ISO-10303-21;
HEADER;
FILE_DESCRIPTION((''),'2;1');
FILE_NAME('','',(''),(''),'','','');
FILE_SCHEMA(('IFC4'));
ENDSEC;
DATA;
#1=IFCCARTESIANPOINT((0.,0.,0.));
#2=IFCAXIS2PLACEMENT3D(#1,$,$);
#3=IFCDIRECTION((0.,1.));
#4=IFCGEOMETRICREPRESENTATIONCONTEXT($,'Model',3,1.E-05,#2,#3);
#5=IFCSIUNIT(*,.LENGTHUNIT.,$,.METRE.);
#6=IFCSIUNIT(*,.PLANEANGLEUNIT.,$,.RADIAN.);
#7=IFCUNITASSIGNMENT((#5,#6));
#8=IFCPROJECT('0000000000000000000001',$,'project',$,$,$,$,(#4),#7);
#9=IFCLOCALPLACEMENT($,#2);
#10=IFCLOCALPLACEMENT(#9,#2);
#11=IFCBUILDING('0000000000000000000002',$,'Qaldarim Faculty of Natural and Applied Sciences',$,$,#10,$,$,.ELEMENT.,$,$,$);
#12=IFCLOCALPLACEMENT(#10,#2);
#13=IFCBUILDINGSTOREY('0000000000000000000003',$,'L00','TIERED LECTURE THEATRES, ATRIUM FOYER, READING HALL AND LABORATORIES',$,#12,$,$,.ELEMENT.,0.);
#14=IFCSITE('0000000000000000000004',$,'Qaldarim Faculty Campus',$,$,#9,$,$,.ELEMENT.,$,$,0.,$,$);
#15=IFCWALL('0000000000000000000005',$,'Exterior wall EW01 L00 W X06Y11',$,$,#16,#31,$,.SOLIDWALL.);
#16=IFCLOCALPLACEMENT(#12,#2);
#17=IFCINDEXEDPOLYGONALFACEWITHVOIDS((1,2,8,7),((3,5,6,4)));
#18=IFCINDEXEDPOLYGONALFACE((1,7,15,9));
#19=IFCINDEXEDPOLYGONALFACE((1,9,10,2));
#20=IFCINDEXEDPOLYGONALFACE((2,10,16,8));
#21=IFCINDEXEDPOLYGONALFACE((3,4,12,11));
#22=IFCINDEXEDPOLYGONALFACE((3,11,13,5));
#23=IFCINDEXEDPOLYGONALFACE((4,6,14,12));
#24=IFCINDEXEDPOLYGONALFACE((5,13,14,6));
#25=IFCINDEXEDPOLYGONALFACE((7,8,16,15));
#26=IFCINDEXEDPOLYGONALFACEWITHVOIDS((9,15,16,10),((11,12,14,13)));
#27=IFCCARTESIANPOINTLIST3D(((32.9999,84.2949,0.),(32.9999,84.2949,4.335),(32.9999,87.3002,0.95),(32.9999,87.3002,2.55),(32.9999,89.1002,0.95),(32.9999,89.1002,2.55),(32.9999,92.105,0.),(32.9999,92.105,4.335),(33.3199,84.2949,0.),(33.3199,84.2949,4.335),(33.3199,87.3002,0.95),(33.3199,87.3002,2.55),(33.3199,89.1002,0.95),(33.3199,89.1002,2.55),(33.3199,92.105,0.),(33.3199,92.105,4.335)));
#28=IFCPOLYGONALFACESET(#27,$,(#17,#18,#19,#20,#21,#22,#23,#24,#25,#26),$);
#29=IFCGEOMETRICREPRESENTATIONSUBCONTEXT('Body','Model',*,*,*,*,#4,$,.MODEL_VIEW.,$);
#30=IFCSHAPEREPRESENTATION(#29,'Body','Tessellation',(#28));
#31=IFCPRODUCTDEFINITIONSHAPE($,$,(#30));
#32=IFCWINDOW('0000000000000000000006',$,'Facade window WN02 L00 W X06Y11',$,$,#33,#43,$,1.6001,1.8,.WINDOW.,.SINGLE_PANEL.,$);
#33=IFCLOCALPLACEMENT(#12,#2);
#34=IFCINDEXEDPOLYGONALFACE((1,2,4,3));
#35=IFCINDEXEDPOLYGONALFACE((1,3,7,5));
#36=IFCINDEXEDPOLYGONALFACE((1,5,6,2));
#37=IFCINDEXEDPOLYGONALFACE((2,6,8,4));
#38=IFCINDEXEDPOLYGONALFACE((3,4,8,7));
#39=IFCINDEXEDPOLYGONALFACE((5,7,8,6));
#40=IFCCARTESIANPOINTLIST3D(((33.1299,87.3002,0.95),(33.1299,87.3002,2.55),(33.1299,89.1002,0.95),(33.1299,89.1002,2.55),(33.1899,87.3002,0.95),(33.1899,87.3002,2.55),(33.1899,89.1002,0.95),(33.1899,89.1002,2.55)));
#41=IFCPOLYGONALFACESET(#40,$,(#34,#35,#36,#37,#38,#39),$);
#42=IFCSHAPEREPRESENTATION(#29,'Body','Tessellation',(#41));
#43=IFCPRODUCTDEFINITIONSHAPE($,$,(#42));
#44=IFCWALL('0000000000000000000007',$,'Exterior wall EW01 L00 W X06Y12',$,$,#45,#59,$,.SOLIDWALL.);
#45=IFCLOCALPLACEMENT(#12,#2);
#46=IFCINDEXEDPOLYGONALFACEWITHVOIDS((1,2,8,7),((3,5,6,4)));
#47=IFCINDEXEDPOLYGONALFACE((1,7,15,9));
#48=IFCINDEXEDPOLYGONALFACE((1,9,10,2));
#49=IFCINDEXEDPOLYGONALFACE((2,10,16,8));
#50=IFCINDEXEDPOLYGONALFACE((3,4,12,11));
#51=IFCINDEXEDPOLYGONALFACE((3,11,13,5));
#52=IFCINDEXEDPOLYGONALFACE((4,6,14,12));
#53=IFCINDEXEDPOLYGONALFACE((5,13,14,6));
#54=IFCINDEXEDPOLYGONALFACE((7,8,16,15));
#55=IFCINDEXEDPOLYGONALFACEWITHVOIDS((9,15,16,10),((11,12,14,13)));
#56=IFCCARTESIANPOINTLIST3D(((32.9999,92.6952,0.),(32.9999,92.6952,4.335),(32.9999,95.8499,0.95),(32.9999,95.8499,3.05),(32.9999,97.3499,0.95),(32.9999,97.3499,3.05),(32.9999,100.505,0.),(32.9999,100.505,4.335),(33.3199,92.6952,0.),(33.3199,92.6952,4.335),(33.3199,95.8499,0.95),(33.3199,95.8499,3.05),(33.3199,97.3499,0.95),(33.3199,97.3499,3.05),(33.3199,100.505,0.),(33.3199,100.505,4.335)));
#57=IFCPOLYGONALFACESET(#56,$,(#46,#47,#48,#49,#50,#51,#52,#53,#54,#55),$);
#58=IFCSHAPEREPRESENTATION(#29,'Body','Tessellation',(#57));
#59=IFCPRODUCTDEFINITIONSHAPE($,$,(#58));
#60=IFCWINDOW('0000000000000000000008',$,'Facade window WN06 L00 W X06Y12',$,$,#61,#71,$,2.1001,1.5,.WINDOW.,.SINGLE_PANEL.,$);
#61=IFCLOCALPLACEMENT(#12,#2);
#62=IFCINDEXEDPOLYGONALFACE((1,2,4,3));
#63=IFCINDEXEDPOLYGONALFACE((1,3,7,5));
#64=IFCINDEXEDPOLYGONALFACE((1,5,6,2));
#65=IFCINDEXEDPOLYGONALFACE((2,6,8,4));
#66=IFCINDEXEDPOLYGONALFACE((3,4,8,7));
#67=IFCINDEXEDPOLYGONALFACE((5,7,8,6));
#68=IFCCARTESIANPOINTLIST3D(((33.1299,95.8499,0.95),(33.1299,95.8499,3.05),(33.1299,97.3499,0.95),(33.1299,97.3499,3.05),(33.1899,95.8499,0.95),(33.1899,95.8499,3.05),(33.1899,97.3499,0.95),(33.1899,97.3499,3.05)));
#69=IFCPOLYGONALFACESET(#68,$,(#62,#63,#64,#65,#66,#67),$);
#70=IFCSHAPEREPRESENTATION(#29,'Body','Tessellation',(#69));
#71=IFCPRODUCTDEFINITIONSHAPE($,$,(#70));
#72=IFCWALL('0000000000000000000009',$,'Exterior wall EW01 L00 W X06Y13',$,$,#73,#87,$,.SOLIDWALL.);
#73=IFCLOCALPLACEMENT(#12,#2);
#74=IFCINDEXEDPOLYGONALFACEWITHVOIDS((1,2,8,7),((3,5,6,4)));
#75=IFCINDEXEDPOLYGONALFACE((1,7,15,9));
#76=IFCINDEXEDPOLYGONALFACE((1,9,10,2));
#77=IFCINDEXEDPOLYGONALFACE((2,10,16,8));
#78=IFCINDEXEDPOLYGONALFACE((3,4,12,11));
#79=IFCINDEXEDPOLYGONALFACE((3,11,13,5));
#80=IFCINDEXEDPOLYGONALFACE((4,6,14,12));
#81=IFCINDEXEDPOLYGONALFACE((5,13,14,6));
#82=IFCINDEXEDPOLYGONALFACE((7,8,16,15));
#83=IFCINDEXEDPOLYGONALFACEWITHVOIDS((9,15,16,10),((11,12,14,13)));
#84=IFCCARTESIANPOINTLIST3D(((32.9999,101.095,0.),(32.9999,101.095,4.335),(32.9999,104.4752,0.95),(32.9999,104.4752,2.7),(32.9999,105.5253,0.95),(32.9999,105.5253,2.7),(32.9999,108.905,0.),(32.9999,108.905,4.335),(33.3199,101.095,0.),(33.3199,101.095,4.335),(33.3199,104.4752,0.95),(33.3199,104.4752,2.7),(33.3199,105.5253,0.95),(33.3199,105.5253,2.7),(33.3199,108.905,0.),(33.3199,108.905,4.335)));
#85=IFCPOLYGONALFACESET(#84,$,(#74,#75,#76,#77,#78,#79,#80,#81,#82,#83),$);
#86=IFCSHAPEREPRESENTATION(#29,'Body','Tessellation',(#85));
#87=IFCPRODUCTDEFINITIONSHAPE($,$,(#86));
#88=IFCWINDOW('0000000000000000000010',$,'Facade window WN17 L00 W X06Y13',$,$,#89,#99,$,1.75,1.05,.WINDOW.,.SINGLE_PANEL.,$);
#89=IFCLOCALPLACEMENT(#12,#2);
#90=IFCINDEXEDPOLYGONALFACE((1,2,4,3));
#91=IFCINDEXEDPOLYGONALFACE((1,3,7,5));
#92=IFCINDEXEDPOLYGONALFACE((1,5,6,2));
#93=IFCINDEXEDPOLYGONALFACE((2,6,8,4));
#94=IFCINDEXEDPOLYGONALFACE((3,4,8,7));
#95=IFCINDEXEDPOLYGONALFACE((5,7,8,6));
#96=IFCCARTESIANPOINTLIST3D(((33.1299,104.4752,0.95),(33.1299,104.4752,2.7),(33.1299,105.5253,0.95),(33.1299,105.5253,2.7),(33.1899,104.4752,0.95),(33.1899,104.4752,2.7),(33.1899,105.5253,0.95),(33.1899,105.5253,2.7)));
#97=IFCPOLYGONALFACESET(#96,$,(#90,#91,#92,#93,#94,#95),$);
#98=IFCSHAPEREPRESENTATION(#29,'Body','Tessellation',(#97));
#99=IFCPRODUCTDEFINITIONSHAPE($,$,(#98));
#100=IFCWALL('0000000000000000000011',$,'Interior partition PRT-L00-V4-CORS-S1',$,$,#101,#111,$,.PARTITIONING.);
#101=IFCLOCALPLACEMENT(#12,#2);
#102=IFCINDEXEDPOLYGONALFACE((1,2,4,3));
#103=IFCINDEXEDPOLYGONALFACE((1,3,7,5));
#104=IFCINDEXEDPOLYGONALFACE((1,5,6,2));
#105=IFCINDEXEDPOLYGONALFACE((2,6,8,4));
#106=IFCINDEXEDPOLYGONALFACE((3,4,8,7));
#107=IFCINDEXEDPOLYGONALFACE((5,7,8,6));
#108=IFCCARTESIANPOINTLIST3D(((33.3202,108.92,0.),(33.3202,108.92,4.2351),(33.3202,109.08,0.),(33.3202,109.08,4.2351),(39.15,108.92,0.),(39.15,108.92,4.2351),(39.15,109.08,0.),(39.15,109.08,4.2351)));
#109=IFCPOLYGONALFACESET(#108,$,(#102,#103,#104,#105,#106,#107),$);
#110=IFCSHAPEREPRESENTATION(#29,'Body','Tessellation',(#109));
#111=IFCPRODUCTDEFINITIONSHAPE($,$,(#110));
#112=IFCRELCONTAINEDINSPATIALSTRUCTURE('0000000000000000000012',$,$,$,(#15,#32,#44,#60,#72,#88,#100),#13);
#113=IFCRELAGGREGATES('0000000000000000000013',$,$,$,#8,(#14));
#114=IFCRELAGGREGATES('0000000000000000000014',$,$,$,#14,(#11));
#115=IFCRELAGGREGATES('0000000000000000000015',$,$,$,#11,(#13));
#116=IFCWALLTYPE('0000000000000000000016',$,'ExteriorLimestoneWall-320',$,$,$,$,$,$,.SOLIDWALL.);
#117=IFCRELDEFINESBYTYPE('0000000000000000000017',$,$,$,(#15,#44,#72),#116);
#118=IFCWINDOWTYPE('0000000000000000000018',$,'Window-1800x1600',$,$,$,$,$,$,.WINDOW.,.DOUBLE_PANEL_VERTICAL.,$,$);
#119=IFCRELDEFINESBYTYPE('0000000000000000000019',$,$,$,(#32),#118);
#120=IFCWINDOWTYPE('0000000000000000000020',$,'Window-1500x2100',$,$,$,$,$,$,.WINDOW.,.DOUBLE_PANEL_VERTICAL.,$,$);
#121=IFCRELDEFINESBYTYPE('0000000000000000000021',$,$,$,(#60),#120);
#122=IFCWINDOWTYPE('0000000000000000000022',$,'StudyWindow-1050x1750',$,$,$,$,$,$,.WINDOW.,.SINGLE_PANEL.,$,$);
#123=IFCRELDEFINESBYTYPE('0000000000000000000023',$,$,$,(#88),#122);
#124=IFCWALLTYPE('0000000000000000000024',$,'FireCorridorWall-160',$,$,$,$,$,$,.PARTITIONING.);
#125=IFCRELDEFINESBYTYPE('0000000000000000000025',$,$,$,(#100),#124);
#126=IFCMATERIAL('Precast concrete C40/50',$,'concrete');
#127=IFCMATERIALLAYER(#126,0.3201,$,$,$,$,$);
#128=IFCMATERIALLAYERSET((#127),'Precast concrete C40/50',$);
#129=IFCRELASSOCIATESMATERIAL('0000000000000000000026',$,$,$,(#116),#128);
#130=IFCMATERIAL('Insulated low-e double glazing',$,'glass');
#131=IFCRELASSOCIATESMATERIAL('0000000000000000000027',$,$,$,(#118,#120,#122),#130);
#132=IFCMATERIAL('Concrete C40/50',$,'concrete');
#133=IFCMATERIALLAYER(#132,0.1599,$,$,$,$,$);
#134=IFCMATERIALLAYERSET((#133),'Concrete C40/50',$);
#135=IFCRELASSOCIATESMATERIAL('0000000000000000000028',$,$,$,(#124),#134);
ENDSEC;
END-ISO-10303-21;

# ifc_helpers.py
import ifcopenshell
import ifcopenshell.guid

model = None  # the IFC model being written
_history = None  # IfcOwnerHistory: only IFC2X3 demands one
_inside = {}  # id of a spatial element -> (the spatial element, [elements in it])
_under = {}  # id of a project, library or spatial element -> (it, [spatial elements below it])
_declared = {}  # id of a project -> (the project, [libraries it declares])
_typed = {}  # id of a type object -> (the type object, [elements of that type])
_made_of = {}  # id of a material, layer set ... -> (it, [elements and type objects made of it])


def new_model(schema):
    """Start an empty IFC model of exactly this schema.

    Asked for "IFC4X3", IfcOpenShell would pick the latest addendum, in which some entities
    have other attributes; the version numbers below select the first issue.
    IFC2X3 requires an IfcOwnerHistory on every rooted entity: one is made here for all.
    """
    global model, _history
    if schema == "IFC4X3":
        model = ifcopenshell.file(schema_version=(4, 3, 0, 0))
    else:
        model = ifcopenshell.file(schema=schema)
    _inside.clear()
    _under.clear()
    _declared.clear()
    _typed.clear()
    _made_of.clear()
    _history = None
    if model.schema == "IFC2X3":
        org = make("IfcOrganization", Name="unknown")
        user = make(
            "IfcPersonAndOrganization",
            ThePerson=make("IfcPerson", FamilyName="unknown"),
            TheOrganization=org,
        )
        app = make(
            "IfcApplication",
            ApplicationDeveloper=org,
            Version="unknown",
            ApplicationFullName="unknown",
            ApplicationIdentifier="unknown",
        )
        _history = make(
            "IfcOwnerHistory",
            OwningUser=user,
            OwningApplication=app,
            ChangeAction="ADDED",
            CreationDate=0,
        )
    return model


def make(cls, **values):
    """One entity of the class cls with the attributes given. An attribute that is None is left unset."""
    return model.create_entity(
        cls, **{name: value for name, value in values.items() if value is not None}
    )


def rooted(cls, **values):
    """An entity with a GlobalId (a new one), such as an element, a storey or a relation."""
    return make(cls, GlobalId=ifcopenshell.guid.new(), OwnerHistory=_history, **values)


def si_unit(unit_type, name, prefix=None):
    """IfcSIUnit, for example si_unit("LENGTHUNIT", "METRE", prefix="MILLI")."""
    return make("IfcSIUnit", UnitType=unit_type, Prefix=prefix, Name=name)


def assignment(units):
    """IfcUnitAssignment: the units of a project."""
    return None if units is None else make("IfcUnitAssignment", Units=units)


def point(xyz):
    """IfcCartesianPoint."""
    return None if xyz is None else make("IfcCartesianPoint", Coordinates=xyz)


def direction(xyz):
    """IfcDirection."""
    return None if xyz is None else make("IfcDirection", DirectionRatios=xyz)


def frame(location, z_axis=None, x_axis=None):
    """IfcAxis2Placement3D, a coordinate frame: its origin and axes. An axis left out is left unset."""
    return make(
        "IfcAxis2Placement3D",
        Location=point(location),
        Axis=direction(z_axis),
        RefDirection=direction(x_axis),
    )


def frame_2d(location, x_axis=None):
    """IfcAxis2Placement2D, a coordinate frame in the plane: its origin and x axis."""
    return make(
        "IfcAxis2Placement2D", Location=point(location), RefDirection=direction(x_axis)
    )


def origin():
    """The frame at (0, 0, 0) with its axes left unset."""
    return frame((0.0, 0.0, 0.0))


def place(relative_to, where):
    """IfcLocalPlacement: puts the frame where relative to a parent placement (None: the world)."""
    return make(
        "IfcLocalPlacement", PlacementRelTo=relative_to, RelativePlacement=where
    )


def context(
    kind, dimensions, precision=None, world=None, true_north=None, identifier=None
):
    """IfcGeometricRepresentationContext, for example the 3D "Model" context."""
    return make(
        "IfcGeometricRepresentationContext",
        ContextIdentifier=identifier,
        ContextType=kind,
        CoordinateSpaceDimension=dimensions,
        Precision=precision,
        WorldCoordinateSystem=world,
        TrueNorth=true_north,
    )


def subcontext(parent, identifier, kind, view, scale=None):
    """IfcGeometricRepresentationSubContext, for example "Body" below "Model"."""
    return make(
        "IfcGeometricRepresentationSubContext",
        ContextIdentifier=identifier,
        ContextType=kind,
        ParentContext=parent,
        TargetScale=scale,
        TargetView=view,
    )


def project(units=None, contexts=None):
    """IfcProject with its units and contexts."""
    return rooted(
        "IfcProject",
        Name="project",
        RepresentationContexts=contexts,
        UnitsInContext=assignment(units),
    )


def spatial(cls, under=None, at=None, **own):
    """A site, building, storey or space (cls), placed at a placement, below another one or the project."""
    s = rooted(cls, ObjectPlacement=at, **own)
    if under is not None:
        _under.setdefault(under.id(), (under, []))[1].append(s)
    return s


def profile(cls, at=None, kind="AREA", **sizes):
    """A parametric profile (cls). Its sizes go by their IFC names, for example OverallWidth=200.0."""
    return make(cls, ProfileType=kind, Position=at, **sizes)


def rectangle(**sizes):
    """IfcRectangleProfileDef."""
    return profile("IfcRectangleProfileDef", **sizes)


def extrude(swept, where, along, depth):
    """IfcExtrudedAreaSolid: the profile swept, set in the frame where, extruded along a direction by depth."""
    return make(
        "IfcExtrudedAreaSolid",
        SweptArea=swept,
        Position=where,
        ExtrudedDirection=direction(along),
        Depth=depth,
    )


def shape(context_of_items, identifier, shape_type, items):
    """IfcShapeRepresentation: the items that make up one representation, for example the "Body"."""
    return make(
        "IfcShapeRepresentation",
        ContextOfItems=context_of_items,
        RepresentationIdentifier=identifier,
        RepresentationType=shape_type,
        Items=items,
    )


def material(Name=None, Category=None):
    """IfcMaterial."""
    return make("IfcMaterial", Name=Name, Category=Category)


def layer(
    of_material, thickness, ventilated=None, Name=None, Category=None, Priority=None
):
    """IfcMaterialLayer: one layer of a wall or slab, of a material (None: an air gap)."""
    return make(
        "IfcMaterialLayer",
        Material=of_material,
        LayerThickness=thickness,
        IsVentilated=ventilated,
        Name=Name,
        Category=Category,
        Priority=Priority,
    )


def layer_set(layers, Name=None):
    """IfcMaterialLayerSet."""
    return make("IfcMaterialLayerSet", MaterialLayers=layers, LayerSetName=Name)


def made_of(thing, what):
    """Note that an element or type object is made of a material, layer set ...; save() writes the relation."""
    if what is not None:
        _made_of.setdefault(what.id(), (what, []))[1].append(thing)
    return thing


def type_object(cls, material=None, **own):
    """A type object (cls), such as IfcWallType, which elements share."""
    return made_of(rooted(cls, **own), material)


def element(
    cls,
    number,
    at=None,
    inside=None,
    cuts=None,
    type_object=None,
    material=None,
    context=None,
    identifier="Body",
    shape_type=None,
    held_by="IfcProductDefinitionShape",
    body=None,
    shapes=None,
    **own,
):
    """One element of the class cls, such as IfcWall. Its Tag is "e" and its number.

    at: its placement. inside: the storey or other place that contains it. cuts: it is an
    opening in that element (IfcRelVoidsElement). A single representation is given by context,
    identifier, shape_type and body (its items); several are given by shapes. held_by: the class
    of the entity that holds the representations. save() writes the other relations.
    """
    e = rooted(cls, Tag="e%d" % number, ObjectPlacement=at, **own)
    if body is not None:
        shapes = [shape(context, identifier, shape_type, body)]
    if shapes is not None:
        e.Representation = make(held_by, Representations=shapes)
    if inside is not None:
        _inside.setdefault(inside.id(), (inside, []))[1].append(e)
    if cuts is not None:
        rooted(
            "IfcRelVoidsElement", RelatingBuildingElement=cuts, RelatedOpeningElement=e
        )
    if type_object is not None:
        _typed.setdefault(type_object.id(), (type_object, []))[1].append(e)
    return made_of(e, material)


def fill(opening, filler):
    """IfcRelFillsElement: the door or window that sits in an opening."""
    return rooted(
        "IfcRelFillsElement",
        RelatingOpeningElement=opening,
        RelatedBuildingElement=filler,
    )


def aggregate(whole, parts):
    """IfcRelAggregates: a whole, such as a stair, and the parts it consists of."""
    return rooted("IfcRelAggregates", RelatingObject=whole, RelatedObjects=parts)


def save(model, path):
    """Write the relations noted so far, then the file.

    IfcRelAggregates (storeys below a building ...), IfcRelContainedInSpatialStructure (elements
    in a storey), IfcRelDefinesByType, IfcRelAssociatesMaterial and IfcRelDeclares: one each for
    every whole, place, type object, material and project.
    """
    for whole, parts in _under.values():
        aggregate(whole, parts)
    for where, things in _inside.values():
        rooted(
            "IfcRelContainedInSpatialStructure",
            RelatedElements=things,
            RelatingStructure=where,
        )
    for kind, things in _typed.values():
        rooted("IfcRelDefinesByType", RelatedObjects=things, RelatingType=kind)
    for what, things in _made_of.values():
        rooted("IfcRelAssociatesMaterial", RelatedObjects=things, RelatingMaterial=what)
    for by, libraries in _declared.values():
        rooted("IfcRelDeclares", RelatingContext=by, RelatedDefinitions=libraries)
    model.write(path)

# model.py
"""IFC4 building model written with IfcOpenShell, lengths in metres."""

from ifc_helpers import new_model, si_unit, direction, frame, frame_2d, origin, place, context, subcontext, project, spatial, rectangle, extrude, material, layer, layer_set, type_object, element, fill, save


model = new_model("IFC4")

# Units and contexts
model_context = context("Model", 3, precision=1e-05, world=origin(), true_north=direction((0.0, 1.0)))
body_context = subcontext(model_context, "Body", "Model", "MODEL_VIEW")
ifc_project = project(units=[si_unit("LENGTHUNIT", "METRE"), si_unit("PLANEANGLEUNIT", "RADIAN")], contexts=[model_context])

# Site, building, storey
site_placement = place(None, origin())
site = spatial("IfcSite", under=ifc_project, at=site_placement, Name="Qaldarim Faculty Campus", CompositionType="ELEMENT", RefElevation=0.0)
building_placement = place(site_placement, origin())
building = spatial("IfcBuilding", under=site, at=building_placement, Name="Qaldarim Faculty of Natural and Applied Sciences", CompositionType="ELEMENT")
storey_placement = place(building_placement, origin())
storey = spatial("IfcBuildingStorey", under=building, at=storey_placement, Name="L00", Description="TIERED LECTURE THEATRES, ATRIUM FOYER, READING HALL AND LABORATORIES", CompositionType="ELEMENT", Elevation=0.0)

# Shared definitions
ifc_material_1 = material(Name="Concrete C40/50", Category="concrete")

# Walls, openings, windows
ifc_material_2 = material(Name="Precast concrete C40/50", Category="concrete")
ifc_layer_1 = layer(ifc_material_2, 0.3201)
ifc_layer_set_1 = layer_set([ifc_layer_1], Name="Precast concrete C40/50")
wall_type_1 = type_object("IfcWallType", Name="ExteriorLimestoneWall-320", PredefinedType="SOLIDWALL", material=ifc_layer_set_1)
wall_1_placement = place(storey_placement, frame((33.1599, 92.105, 0.0), z_axis=(0.0, 0.0, 1.0), x_axis=(0.0, -1.0, 0.0)))
wall_1 = element("IfcWall", 1, at=wall_1_placement, inside=storey, type_object=wall_type_1, Name="Exterior wall EW01 L00 W X06Y11", PredefinedType="SOLIDWALL", context=body_context, shape_type="SweptSolid", body=[
    extrude(rectangle(XDim=7.8101, YDim=0.3201, at=frame_2d((3.905, 0.0))), origin(), (0.0, 0.0, 1.0), 4.335),
])
opening_1_placement = place(wall_1_placement, frame((3.0049, 0.0, 0.95)))
opening_1 = element("IfcOpeningElement", 2, at=opening_1_placement, cuts=wall_1, PredefinedType="OPENING", context=body_context, shape_type="SweptSolid", body=[
    extrude(rectangle(XDim=1.8, YDim=1.6001, at=frame_2d((0.8999, 0.8))), frame((0.0, 0.1699, 0.0), z_axis=(0.0, -1.0, 0.0), x_axis=(1.0, 0.0, 0.0)), (0.0, 0.0, 1.0), 0.3401),
])
ifc_material_3 = material(Name="Insulated low-e double glazing", Category="glass")
window_type_1 = type_object("IfcWindowType", Name="Window-1800x1600", PartitioningType="DOUBLE_PANEL_VERTICAL", PredefinedType="WINDOW", material=ifc_material_3)
window_1_placement = place(opening_1_placement, origin())
window_1 = element("IfcWindow", 3, at=window_1_placement, inside=storey, type_object=window_type_1, Name="Facade window WN02 L00 W X06Y11", OverallHeight=1.6001, OverallWidth=1.8, PartitioningType="SINGLE_PANEL", PredefinedType="WINDOW", context=body_context, shape_type="SweptSolid", body=[
    extrude(rectangle(XDim=1.8, YDim=1.6001, at=frame_2d((0.8999, 0.8))), frame((0.0, 0.03, 0.0), z_axis=(0.0, -1.0, 0.0), x_axis=(1.0, 0.0, 0.0)), (0.0, 0.0, 1.0), 0.0601),
])
fill(opening_1, window_1)
wall_2_placement = place(storey_placement, frame((33.1599, 100.5049, 0.0), z_axis=(0.0, 0.0, 1.0), x_axis=(0.0, -1.0, 0.0)))
wall_2 = element("IfcWall", 4, at=wall_2_placement, inside=storey, type_object=wall_type_1, Name="Exterior wall EW01 L00 W X06Y12", PredefinedType="SOLIDWALL", context=body_context, shape_type="SweptSolid", body=[
    extrude(rectangle(XDim=7.8098, YDim=0.3201, at=frame_2d((3.9048, 0.0))), origin(), (0.0, 0.0, 1.0), 4.335),
])
opening_2_placement = place(wall_2_placement, frame((3.155, 0.0, 0.95)))
opening_2 = element("IfcOpeningElement", 5, at=opening_2_placement, cuts=wall_2, PredefinedType="OPENING", context=body_context, shape_type="SweptSolid", body=[
    extrude(rectangle(XDim=1.5, YDim=2.1001, at=frame_2d((0.75, 1.05))), frame((0.0, 0.1699, 0.0), z_axis=(0.0, -1.0, 0.0), x_axis=(1.0, 0.0, 0.0)), (0.0, 0.0, 1.0), 0.3401),
])
window_type_2 = type_object("IfcWindowType", Name="Window-1500x2100", PartitioningType="DOUBLE_PANEL_VERTICAL", PredefinedType="WINDOW", material=ifc_material_3)
window_2_placement = place(opening_2_placement, origin())
window_2 = element("IfcWindow", 6, at=window_2_placement, inside=storey, type_object=window_type_2, Name="Facade window WN06 L00 W X06Y12", OverallHeight=2.1001, OverallWidth=1.5, PartitioningType="SINGLE_PANEL", PredefinedType="WINDOW", context=body_context, shape_type="SweptSolid", body=[
    extrude(rectangle(XDim=1.5, YDim=2.1001, at=frame_2d((0.75, 1.05))), frame((0.0, 0.03, 0.0), z_axis=(0.0, -1.0, 0.0), x_axis=(1.0, 0.0, 0.0)), (0.0, 0.0, 1.0), 0.0601),
])
fill(opening_2, window_2)
wall_3_placement = place(storey_placement, frame((33.1599, 108.905, 0.0), z_axis=(0.0, 0.0, 1.0), x_axis=(0.0, -1.0, 0.0)))
wall_3 = element("IfcWall", 7, at=wall_3_placement, inside=storey, type_object=wall_type_1, Name="Exterior wall EW01 L00 W X06Y13", PredefinedType="SOLIDWALL", context=body_context, shape_type="SweptSolid", body=[
    extrude(rectangle(XDim=7.8101, YDim=0.3201, at=frame_2d((3.905, 0.0))), origin(), (0.0, 0.0, 1.0), 4.335),
])
opening_3_placement = place(wall_3_placement, frame((3.3799, 0.0, 0.95)))
opening_3 = element("IfcOpeningElement", 8, at=opening_3_placement, cuts=wall_3, PredefinedType="OPENING", context=body_context, shape_type="SweptSolid", body=[
    extrude(rectangle(XDim=1.05, YDim=1.75, at=frame_2d((0.5249, 0.875))), frame((0.0, 0.1699, 0.0), z_axis=(0.0, -1.0, 0.0), x_axis=(1.0, 0.0, 0.0)), (0.0, 0.0, 1.0), 0.3401),
])
window_type_3 = type_object("IfcWindowType", Name="StudyWindow-1050x1750", PartitioningType="SINGLE_PANEL", PredefinedType="WINDOW", material=ifc_material_3)
window_3_placement = place(opening_3_placement, origin())
window_3 = element("IfcWindow", 9, at=window_3_placement, inside=storey, type_object=window_type_3, Name="Facade window WN17 L00 W X06Y13", OverallHeight=1.75, OverallWidth=1.05, PartitioningType="SINGLE_PANEL", PredefinedType="WINDOW", context=body_context, shape_type="SweptSolid", body=[
    extrude(rectangle(XDim=1.05, YDim=1.75, at=frame_2d((0.5249, 0.875))), frame((0.0, 0.03, 0.0), z_axis=(0.0, -1.0, 0.0), x_axis=(1.0, 0.0, 0.0)), (0.0, 0.0, 1.0), 0.0601),
])
fill(opening_3, window_3)

# Wall
ifc_layer_2 = layer(ifc_material_1, 0.1599)
ifc_layer_set_2 = layer_set([ifc_layer_2], Name="Concrete C40/50")
wall_type_2 = type_object("IfcWallType", Name="FireCorridorWall-160", PredefinedType="PARTITIONING", material=ifc_layer_set_2)
wall_4_placement = place(storey_placement, frame((33.3201, 109.0, 0.0), z_axis=(0.0, 0.0, 1.0), x_axis=(1.0, 0.0, 0.0)))
element("IfcWall", 10, at=wall_4_placement, inside=storey, type_object=wall_type_2, Name="Interior partition PRT-L00-V4-CORS-S1", PredefinedType="PARTITIONING", context=body_context, shape_type="SweptSolid", body=[
    extrude(rectangle(XDim=5.8298, YDim=0.1599, at=frame_2d((2.915, 0.0))), origin(), (0.0, 0.0, 1.0), 4.2351),
])

save(model, "model.ifc")
